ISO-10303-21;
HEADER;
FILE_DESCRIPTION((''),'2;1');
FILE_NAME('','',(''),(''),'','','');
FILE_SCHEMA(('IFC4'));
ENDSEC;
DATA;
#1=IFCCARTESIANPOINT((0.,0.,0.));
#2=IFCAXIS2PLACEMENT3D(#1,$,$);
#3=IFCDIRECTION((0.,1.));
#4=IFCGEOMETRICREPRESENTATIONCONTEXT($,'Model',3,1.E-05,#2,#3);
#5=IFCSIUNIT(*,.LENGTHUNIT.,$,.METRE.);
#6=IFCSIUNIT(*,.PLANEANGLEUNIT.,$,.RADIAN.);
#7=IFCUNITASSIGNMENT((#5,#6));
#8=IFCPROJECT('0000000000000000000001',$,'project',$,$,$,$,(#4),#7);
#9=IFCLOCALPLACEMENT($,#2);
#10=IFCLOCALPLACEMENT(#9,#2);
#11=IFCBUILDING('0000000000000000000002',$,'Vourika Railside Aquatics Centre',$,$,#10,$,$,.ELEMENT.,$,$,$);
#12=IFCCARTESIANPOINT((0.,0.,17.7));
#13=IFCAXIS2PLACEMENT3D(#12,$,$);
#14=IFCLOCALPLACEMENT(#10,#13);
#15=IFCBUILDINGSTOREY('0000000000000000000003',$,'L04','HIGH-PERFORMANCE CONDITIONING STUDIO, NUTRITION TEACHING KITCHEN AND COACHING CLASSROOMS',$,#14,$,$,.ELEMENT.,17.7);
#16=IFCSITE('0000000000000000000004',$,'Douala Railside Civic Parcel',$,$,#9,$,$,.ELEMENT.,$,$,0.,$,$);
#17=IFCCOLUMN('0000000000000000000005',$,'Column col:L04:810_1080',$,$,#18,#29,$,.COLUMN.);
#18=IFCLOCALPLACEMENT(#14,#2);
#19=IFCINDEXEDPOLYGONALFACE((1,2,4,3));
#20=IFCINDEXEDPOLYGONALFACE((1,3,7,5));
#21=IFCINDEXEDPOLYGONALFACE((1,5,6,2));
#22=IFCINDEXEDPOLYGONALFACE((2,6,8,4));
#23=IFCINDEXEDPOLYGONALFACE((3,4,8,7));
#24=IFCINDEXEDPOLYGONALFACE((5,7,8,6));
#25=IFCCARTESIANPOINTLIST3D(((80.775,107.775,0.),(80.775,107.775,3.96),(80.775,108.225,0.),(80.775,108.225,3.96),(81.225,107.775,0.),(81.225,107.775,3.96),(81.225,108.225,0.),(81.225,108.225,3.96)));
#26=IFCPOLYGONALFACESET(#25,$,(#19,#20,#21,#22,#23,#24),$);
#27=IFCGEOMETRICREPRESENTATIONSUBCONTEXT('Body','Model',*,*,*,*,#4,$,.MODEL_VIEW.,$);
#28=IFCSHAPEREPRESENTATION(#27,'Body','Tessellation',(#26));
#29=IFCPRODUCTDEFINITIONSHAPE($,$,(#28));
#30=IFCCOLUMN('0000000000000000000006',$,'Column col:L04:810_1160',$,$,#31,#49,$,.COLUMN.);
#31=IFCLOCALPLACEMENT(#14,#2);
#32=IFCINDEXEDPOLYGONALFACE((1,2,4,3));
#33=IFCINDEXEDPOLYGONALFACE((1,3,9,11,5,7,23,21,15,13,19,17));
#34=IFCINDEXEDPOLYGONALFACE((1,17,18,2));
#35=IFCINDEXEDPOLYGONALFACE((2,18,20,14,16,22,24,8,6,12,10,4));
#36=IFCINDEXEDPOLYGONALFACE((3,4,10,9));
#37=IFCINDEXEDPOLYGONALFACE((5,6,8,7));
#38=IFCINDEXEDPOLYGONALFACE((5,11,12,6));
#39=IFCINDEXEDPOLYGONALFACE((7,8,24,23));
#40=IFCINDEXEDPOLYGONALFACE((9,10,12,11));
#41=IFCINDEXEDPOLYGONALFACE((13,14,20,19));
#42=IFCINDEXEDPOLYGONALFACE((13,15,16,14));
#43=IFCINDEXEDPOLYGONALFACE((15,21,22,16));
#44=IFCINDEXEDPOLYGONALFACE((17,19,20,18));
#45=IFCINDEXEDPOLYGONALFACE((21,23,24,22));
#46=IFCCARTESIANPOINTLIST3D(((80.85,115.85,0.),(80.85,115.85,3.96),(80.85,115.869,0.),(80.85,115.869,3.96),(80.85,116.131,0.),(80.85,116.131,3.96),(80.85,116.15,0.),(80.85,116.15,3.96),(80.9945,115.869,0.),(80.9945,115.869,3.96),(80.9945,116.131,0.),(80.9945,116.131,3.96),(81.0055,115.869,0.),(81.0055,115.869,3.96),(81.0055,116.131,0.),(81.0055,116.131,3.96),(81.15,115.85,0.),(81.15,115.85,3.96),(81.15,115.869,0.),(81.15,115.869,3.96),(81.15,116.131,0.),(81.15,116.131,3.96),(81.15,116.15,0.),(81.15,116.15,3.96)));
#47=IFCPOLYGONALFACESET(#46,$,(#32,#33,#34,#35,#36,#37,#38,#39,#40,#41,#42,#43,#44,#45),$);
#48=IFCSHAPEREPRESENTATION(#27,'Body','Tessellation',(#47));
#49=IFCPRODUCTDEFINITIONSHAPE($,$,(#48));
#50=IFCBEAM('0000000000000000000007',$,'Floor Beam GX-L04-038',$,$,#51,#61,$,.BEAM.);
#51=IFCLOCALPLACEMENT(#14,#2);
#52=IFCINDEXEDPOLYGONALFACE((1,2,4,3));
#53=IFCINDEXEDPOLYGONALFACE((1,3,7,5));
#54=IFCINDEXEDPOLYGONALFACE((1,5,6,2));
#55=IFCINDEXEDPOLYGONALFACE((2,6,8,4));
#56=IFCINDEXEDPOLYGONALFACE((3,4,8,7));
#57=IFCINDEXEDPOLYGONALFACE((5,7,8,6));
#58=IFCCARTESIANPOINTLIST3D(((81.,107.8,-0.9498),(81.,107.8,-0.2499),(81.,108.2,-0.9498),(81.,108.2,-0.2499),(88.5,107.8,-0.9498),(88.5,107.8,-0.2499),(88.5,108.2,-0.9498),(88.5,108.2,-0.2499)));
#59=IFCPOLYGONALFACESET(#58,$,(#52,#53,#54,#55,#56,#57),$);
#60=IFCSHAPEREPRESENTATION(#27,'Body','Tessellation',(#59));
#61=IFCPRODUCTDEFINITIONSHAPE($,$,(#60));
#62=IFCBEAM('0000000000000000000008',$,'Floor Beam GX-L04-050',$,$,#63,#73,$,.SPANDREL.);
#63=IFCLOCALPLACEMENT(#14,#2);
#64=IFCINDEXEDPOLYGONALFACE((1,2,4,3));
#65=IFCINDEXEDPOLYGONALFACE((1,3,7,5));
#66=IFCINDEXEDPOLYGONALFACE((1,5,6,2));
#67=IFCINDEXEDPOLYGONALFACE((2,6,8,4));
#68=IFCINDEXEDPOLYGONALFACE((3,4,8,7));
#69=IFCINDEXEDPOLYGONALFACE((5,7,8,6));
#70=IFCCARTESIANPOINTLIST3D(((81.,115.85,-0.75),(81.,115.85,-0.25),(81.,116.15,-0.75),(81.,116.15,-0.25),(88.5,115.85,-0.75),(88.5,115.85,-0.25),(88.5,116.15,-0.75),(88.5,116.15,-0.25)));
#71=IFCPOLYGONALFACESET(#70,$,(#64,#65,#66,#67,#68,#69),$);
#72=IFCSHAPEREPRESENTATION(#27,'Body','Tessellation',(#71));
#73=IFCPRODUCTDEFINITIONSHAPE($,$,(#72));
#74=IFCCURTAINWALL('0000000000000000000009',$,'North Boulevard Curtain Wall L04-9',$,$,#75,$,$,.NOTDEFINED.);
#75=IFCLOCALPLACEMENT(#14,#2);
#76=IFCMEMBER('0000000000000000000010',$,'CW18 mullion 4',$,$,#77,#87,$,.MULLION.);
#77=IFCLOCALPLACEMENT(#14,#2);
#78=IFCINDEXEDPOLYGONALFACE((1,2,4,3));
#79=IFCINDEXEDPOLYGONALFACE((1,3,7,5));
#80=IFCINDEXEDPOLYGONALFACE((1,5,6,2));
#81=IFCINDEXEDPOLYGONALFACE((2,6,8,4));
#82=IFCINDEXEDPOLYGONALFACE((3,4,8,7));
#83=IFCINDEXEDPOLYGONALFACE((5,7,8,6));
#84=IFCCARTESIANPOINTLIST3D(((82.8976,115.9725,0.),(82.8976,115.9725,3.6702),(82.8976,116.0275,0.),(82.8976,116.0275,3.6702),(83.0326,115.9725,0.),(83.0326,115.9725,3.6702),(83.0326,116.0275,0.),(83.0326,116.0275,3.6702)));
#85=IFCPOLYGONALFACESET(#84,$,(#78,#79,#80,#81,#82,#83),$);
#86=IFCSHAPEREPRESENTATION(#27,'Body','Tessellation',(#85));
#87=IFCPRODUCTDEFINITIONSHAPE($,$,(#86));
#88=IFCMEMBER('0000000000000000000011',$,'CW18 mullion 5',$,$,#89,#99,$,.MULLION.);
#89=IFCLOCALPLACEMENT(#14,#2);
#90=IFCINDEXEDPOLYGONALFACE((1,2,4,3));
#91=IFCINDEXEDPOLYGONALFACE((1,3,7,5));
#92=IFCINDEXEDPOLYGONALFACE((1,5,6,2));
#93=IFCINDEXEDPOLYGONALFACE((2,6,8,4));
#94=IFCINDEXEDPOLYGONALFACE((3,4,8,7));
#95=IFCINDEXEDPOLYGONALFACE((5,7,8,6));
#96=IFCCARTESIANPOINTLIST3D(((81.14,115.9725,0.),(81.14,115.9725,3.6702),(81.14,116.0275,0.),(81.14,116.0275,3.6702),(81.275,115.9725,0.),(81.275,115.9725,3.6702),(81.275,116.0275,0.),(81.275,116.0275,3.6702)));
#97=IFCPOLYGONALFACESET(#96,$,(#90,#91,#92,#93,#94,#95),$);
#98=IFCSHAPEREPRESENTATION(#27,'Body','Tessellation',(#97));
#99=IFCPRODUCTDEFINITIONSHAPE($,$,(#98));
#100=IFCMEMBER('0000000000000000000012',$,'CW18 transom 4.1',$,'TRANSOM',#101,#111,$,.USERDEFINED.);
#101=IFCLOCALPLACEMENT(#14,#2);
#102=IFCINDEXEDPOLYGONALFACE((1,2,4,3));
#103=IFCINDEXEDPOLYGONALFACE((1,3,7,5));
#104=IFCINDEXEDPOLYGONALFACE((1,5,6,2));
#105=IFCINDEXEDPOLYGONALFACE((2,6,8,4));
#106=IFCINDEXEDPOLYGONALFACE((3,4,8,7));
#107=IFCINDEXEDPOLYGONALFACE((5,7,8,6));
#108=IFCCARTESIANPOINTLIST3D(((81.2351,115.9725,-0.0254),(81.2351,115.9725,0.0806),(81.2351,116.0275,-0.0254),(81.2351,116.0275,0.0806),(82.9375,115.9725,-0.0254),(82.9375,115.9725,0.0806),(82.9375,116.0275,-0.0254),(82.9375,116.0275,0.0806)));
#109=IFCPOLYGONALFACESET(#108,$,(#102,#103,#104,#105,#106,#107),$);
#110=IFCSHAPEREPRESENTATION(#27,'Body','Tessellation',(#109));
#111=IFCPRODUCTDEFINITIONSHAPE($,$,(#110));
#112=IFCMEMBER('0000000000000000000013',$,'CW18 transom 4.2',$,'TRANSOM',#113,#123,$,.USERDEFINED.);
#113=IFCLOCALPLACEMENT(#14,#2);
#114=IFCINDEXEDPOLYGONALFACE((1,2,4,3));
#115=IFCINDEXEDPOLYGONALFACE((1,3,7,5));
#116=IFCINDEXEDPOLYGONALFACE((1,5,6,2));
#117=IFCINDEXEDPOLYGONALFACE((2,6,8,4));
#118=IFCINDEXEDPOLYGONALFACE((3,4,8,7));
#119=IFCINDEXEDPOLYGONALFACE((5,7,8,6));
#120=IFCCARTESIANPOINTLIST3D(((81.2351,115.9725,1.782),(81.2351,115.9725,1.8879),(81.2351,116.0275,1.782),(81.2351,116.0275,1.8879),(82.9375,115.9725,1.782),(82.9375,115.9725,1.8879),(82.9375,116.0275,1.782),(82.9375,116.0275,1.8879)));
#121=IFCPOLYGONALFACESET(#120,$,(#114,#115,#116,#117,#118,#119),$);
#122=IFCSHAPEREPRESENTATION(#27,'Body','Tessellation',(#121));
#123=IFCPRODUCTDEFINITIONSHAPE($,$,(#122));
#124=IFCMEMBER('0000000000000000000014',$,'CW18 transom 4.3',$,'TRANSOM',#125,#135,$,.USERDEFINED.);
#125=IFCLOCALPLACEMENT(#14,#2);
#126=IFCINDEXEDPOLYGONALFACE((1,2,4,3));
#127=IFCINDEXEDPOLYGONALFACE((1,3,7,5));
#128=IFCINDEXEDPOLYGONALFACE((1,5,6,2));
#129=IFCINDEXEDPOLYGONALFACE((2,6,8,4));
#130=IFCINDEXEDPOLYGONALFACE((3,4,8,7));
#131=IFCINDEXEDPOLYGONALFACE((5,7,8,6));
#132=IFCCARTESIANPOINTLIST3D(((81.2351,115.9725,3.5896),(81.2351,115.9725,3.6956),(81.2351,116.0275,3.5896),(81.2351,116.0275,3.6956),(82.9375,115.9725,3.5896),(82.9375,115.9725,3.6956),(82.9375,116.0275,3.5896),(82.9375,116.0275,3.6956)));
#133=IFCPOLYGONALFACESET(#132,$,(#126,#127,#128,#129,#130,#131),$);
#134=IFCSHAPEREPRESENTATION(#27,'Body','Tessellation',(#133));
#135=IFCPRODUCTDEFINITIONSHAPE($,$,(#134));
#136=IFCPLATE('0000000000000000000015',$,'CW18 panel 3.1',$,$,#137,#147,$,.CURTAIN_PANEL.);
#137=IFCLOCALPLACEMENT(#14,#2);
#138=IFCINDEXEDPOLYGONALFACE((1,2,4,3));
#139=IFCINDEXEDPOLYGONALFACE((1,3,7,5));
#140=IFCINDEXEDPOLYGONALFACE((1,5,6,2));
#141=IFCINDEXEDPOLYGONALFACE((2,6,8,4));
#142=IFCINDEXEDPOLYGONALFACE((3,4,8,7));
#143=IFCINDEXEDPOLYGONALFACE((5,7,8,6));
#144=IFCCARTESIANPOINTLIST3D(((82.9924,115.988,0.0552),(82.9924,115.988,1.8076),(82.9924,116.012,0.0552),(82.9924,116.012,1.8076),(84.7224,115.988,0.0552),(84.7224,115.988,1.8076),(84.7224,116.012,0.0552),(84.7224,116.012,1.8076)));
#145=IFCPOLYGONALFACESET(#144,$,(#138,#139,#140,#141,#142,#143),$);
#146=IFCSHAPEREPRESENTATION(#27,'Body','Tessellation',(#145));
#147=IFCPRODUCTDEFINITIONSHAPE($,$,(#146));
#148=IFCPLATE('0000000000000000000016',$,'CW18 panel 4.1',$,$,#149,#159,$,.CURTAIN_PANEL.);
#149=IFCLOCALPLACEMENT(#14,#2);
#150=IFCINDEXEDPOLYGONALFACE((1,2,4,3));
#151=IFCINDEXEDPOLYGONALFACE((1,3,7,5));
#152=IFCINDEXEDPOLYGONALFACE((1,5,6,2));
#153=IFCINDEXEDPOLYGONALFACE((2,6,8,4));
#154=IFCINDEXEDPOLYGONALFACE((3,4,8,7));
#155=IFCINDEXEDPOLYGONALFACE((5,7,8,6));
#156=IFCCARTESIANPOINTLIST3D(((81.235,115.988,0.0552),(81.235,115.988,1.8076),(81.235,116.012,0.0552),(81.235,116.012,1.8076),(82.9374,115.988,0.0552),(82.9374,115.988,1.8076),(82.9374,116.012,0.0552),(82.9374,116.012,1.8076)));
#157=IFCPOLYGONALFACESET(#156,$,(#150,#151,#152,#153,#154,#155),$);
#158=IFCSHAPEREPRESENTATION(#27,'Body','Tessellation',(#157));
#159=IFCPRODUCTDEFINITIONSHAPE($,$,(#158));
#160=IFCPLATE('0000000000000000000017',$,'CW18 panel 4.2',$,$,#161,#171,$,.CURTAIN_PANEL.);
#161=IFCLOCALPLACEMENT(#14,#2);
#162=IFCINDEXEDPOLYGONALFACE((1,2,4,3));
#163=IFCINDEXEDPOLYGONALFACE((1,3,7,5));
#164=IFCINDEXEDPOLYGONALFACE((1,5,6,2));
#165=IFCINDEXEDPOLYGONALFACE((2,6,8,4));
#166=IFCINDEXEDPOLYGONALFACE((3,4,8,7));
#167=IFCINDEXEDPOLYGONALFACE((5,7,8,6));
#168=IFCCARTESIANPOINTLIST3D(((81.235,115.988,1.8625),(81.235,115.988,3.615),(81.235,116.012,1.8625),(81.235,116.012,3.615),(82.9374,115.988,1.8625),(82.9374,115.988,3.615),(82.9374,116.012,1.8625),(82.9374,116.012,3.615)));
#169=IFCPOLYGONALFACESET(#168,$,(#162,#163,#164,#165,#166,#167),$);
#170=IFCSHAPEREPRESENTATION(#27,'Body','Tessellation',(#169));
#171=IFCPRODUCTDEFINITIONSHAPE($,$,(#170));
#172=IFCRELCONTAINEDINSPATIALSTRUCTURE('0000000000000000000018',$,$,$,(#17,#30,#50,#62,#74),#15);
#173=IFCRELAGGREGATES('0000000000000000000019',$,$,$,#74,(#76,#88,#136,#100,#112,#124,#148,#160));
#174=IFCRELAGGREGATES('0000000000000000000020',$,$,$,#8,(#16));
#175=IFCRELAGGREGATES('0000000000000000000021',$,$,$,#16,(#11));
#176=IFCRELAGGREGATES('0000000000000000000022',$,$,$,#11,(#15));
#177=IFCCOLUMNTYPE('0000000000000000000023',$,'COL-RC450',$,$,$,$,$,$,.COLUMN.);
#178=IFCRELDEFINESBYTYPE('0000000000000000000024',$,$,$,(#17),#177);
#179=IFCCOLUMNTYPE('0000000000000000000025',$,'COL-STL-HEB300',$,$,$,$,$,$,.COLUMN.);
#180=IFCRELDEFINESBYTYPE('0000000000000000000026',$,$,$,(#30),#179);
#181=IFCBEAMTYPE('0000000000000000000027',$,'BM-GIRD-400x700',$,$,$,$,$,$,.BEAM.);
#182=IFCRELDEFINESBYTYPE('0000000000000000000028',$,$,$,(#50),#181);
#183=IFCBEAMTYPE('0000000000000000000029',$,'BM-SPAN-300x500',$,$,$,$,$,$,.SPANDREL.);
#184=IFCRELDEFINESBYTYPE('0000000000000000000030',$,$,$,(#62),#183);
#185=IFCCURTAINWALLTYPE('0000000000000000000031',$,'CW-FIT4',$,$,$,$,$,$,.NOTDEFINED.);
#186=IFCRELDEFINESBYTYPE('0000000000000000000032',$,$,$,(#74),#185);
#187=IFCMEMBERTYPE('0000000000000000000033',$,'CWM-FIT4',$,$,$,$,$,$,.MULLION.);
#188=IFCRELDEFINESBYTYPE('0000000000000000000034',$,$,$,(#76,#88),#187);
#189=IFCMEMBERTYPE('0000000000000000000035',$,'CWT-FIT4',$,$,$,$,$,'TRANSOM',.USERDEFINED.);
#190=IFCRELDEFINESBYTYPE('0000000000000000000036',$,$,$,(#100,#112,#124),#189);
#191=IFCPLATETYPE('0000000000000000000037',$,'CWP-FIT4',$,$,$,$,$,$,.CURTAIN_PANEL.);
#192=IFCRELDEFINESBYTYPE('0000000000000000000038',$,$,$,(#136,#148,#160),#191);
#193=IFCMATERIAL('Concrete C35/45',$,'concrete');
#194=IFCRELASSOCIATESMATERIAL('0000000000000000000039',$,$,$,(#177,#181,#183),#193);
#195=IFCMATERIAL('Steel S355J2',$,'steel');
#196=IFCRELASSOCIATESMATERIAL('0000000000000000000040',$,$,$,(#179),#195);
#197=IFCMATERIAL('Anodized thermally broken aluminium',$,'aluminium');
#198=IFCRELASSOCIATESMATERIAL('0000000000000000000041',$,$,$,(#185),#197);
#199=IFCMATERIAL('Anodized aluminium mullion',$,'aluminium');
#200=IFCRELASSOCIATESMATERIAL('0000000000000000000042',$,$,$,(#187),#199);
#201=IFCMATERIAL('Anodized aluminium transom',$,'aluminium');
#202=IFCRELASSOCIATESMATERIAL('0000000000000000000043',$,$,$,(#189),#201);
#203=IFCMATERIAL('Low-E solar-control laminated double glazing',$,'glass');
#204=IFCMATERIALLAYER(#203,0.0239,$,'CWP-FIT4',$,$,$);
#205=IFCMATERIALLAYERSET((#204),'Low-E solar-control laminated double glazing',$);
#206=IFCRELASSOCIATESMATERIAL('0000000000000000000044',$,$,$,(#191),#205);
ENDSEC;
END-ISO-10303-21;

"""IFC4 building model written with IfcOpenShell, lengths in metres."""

from ifc_helpers import new_model, si_unit, direction, frame, origin, origin_2d, place, context, subcontext, project, spatial, rectangle, i_section, extrude, material, layer, layer_set, material_profile, profile_set, type_object, element, aggregate, save


model = new_model("IFC4")

# Units and contexts
model_context = context("Model", 3, precision=1e-05, world=origin(), true_north=direction((0.0, 1.0)))
body_context = subcontext(model_context, "Body", "Model", "MODEL_VIEW")
ifc_project = project(units=[si_unit("LENGTHUNIT", "METRE"), si_unit("PLANEANGLEUNIT", "RADIAN")], contexts=[model_context])

# Site, building, storey
site_placement = place(None, origin())
site = spatial("IfcSite", under=ifc_project, at=site_placement, Name="Douala Railside Civic Parcel", CompositionType="ELEMENT", RefElevation=0.0)
building_placement = place(site_placement, origin())
building = spatial("IfcBuilding", under=site, at=building_placement, Name="Vourika Railside Aquatics Centre", CompositionType="ELEMENT")
storey_placement = place(building_placement, frame((0.0, 0.0, 17.7)))
storey = spatial("IfcBuildingStorey", under=building, at=storey_placement, Name="L04", Description="HIGH-PERFORMANCE CONDITIONING STUDIO, NUTRITION TEACHING KITCHEN AND COACHING CLASSROOMS", CompositionType="ELEMENT", Elevation=17.7)

# Columns
ifc_material_1 = material(Name="Concrete C35/45", Category="concrete")
ifc_material_profile_1 = material_profile(ifc_material_1, rectangle(XDim=0.45, YDim=0.45, at=origin_2d()), Name="RC 450x450")
ifc_profile_set_1 = profile_set([ifc_material_profile_1], Name="Concrete C35/45")
column_type_1 = type_object("IfcColumnType", Name="COL-RC450", PredefinedType="COLUMN", material=ifc_profile_set_1)
column_1_placement = place(storey_placement, frame((81.0, 108.0, 0.0), z_axis=(0.0, 0.0, 1.0), x_axis=(1.0, 0.0, 0.0)))
element("IfcColumn", 1, at=column_1_placement, inside=storey, type_object=column_type_1, Name="Column col:L04:810_1080", PredefinedType="COLUMN", context=body_context, shape_type="SweptSolid", body=[
    extrude(rectangle(XDim=0.45, YDim=0.45, at=origin_2d()), origin(), (0.0, 0.0, 1.0), 3.96),
])
ifc_material_2 = material(Name="Steel S355J2", Category="steel")
ifc_material_profile_2 = material_profile(ifc_material_2, i_section(OverallWidth=0.3, OverallDepth=0.3, WebThickness=0.011, FlangeThickness=0.019, at=origin_2d()), Name="HEB 300")
ifc_profile_set_2 = profile_set([ifc_material_profile_2], Name="Steel S355J2")
column_type_2 = type_object("IfcColumnType", Name="COL-STL-HEB300", PredefinedType="COLUMN", material=ifc_profile_set_2)
column_2_placement = place(storey_placement, frame((81.0, 116.0, 0.0), z_axis=(0.0, 0.0, 1.0), x_axis=(1.0, 0.0, 0.0)))
element("IfcColumn", 2, at=column_2_placement, inside=storey, type_object=column_type_2, Name="Column col:L04:810_1160", PredefinedType="COLUMN", context=body_context, shape_type="SweptSolid", body=[
    extrude(i_section(OverallWidth=0.3, OverallDepth=0.3, WebThickness=0.011, FlangeThickness=0.019, at=origin_2d()), origin(), (0.0, 0.0, 1.0), 3.96),
])

# Beams
ifc_material_profile_3 = material_profile(ifc_material_1, rectangle(XDim=0.3999, YDim=0.7, at=origin_2d()), Name="RC 400x700")
ifc_profile_set_3 = profile_set([ifc_material_profile_3], Name="Concrete C35/45")
beam_type_1 = type_object("IfcBeamType", Name="BM-GIRD-400x700", PredefinedType="BEAM", material=ifc_profile_set_3)
beam_1_placement = place(storey_placement, frame((81.0, 108.0, -0.5999), z_axis=(1.0, 0.0, 0.0), x_axis=(0.0, 1.0, 0.0)))
element("IfcBeam", 3, at=beam_1_placement, inside=storey, type_object=beam_type_1, Name="Floor Beam GX-L04-038", PredefinedType="BEAM", context=body_context, shape_type="SweptSolid", body=[
    extrude(rectangle(XDim=0.3999, YDim=0.7, at=origin_2d()), origin(), (0.0, 0.0, 1.0), 7.5),
])
ifc_material_profile_4 = material_profile(ifc_material_1, rectangle(XDim=0.3, YDim=0.5, at=origin_2d()), Name="RC 300x500")
ifc_profile_set_4 = profile_set([ifc_material_profile_4], Name="Concrete C35/45")
beam_type_2 = type_object("IfcBeamType", Name="BM-SPAN-300x500", PredefinedType="SPANDREL", material=ifc_profile_set_4)
beam_2_placement = place(storey_placement, frame((81.0, 116.0, -0.5), z_axis=(1.0, 0.0, 0.0), x_axis=(0.0, 1.0, 0.0)))
element("IfcBeam", 4, at=beam_2_placement, inside=storey, type_object=beam_type_2, Name="Floor Beam GX-L04-050", PredefinedType="SPANDREL", context=body_context, shape_type="SweptSolid", body=[
    extrude(rectangle(XDim=0.3, YDim=0.5, at=origin_2d()), origin(), (0.0, 0.0, 1.0), 7.5),
])

# Curtain wall, members, plates
ifc_material_3 = material(Name="Anodized thermally broken aluminium", Category="aluminium")
curtain_wall_type = type_object("IfcCurtainWallType", Name="CW-FIT4", PredefinedType="NOTDEFINED", material=ifc_material_3)
curtain_wall_placement = place(storey_placement, origin())
curtain_wall = element("IfcCurtainWall", 5, at=curtain_wall_placement, inside=storey, type_object=curtain_wall_type, Name="North Boulevard Curtain Wall L04-9", PredefinedType="NOTDEFINED")
ifc_material_4 = material(Name="Anodized aluminium mullion", Category="aluminium")
ifc_material_profile_5 = material_profile(ifc_material_4, rectangle(XDim=0.0549, YDim=0.135, at=origin_2d()), Name="ALU-M 55x135")
ifc_profile_set_5 = profile_set([ifc_material_profile_5], Name="Anodized aluminium mullion")
member_type_1 = type_object("IfcMemberType", Name="CWM-FIT4", PredefinedType="MULLION", material=ifc_profile_set_5)
member_1_placement = place(storey_placement, frame((82.9651, 116.0, 0.0), z_axis=(0.0, 0.0, 1.0), x_axis=(0.0, -1.0, 0.0)))
member_1 = element("IfcMember", 6, at=member_1_placement, type_object=member_type_1, Name="CW18 mullion 4", PredefinedType="MULLION", context=body_context, shape_type="SweptSolid", body=[
    extrude(rectangle(XDim=0.0549, YDim=0.135, at=origin_2d()), origin(), (0.0, 0.0, 1.0), 3.6702),
])
member_2_placement = place(storey_placement, frame((81.2075, 116.0, 0.0), z_axis=(0.0, 0.0, 1.0), x_axis=(0.0, -1.0, 0.0)))
member_2 = element("IfcMember", 7, at=member_2_placement, type_object=member_type_1, Name="CW18 mullion 5", PredefinedType="MULLION", context=body_context, shape_type="SweptSolid", body=[
    extrude(rectangle(XDim=0.0549, YDim=0.135, at=origin_2d()), origin(), (0.0, 0.0, 1.0), 3.6702),
])
ifc_material_5 = material(Name="Anodized aluminium transom", Category="aluminium")
ifc_material_profile_6 = material_profile(ifc_material_5, rectangle(XDim=0.0549, YDim=0.106, at=origin_2d()), Name="ALU-T 55x106")
ifc_profile_set_6 = profile_set([ifc_material_profile_6], Name="Anodized aluminium transom")
member_type_2 = type_object("IfcMemberType", Name="CWT-FIT4", ElementType="TRANSOM", PredefinedType="USERDEFINED", material=ifc_profile_set_6)
member_3_placement = place(storey_placement, frame((82.9375, 116.0, 0.0276), z_axis=(-1.0, 0.0, 0.0), x_axis=(0.0, -1.0, 0.0)))
member_3 = element("IfcMember", 8, at=member_3_placement, type_object=member_type_2, Name="CW18 transom 4.1", ObjectType="TRANSOM", PredefinedType="USERDEFINED", context=body_context, shape_type="SweptSolid", body=[
    extrude(rectangle(XDim=0.0549, YDim=0.106, at=origin_2d()), origin(), (0.0, 0.0, 1.0), 1.7024),
])
member_4_placement = place(storey_placement, frame((82.9375, 116.0, 1.835), z_axis=(-1.0, 0.0, 0.0), x_axis=(0.0, -1.0, 0.0)))
member_4 = element("IfcMember", 9, at=member_4_placement, type_object=member_type_2, Name="CW18 transom 4.2", ObjectType="TRANSOM", PredefinedType="USERDEFINED", context=body_context, shape_type="SweptSolid", body=[
    extrude(rectangle(XDim=0.0549, YDim=0.106, at=origin_2d()), origin(), (0.0, 0.0, 1.0), 1.7024),
])
member_5_placement = place(storey_placement, frame((82.9375, 116.0, 3.6426), z_axis=(-1.0, 0.0, 0.0), x_axis=(0.0, -1.0, 0.0)))
member_5 = element("IfcMember", 10, at=member_5_placement, type_object=member_type_2, Name="CW18 transom 4.3", ObjectType="TRANSOM", PredefinedType="USERDEFINED", context=body_context, shape_type="SweptSolid", body=[
    extrude(rectangle(XDim=0.0549, YDim=0.106, at=origin_2d()), origin(), (0.0, 0.0, 1.0), 1.7024),
])
ifc_material_6 = material(Name="Low-E solar-control laminated double glazing", Category="glass")
ifc_layer_1 = layer(ifc_material_6, 0.0239, Name="CWP-FIT4")
ifc_layer_set_1 = layer_set([ifc_layer_1], Name="Low-E solar-control laminated double glazing")
plate_type_1 = type_object("IfcPlateType", Name="CWP-FIT4", PredefinedType="CURTAIN_PANEL", material=ifc_layer_set_1)
plate_1_placement = place(storey_placement, frame((83.8574, 116.0, 0.0552), z_axis=(0.0, 0.0, 1.0), x_axis=(-1.0, 0.0, 0.0)))
plate_1 = element("IfcPlate", 11, at=plate_1_placement, type_object=plate_type_1, Name="CW18 panel 3.1", PredefinedType="CURTAIN_PANEL", context=body_context, shape_type="SweptSolid", body=[
    extrude(rectangle(XDim=1.73, YDim=0.0239, at=origin_2d()), origin(), (0.0, 0.0, 1.0), 1.7524),
])
plate_2_placement = place(storey_placement, frame((82.0862, 116.0, 0.0552), z_axis=(0.0, 0.0, 1.0), x_axis=(-1.0, 0.0, 0.0)))
plate_2 = element("IfcPlate", 12, at=plate_2_placement, type_object=plate_type_1, Name="CW18 panel 4.1", PredefinedType="CURTAIN_PANEL", context=body_context, shape_type="SweptSolid", body=[
    extrude(rectangle(XDim=1.7024, YDim=0.0239, at=origin_2d()), origin(), (0.0, 0.0, 1.0), 1.7524),
])
plate_3_placement = place(storey_placement, frame((82.0862, 116.0, 1.8625), z_axis=(0.0, 0.0, 1.0), x_axis=(-1.0, 0.0, 0.0)))
plate_3 = element("IfcPlate", 13, at=plate_3_placement, type_object=plate_type_1, Name="CW18 panel 4.2", PredefinedType="CURTAIN_PANEL", context=body_context, shape_type="SweptSolid", body=[
    extrude(rectangle(XDim=1.7024, YDim=0.0239, at=origin_2d()), origin(), (0.0, 0.0, 1.0), 1.7524),
])
aggregate(curtain_wall, [member_1, member_2, plate_1, member_3, member_4, member_5, plate_2, plate_3])

save(model, "model.ifc")
